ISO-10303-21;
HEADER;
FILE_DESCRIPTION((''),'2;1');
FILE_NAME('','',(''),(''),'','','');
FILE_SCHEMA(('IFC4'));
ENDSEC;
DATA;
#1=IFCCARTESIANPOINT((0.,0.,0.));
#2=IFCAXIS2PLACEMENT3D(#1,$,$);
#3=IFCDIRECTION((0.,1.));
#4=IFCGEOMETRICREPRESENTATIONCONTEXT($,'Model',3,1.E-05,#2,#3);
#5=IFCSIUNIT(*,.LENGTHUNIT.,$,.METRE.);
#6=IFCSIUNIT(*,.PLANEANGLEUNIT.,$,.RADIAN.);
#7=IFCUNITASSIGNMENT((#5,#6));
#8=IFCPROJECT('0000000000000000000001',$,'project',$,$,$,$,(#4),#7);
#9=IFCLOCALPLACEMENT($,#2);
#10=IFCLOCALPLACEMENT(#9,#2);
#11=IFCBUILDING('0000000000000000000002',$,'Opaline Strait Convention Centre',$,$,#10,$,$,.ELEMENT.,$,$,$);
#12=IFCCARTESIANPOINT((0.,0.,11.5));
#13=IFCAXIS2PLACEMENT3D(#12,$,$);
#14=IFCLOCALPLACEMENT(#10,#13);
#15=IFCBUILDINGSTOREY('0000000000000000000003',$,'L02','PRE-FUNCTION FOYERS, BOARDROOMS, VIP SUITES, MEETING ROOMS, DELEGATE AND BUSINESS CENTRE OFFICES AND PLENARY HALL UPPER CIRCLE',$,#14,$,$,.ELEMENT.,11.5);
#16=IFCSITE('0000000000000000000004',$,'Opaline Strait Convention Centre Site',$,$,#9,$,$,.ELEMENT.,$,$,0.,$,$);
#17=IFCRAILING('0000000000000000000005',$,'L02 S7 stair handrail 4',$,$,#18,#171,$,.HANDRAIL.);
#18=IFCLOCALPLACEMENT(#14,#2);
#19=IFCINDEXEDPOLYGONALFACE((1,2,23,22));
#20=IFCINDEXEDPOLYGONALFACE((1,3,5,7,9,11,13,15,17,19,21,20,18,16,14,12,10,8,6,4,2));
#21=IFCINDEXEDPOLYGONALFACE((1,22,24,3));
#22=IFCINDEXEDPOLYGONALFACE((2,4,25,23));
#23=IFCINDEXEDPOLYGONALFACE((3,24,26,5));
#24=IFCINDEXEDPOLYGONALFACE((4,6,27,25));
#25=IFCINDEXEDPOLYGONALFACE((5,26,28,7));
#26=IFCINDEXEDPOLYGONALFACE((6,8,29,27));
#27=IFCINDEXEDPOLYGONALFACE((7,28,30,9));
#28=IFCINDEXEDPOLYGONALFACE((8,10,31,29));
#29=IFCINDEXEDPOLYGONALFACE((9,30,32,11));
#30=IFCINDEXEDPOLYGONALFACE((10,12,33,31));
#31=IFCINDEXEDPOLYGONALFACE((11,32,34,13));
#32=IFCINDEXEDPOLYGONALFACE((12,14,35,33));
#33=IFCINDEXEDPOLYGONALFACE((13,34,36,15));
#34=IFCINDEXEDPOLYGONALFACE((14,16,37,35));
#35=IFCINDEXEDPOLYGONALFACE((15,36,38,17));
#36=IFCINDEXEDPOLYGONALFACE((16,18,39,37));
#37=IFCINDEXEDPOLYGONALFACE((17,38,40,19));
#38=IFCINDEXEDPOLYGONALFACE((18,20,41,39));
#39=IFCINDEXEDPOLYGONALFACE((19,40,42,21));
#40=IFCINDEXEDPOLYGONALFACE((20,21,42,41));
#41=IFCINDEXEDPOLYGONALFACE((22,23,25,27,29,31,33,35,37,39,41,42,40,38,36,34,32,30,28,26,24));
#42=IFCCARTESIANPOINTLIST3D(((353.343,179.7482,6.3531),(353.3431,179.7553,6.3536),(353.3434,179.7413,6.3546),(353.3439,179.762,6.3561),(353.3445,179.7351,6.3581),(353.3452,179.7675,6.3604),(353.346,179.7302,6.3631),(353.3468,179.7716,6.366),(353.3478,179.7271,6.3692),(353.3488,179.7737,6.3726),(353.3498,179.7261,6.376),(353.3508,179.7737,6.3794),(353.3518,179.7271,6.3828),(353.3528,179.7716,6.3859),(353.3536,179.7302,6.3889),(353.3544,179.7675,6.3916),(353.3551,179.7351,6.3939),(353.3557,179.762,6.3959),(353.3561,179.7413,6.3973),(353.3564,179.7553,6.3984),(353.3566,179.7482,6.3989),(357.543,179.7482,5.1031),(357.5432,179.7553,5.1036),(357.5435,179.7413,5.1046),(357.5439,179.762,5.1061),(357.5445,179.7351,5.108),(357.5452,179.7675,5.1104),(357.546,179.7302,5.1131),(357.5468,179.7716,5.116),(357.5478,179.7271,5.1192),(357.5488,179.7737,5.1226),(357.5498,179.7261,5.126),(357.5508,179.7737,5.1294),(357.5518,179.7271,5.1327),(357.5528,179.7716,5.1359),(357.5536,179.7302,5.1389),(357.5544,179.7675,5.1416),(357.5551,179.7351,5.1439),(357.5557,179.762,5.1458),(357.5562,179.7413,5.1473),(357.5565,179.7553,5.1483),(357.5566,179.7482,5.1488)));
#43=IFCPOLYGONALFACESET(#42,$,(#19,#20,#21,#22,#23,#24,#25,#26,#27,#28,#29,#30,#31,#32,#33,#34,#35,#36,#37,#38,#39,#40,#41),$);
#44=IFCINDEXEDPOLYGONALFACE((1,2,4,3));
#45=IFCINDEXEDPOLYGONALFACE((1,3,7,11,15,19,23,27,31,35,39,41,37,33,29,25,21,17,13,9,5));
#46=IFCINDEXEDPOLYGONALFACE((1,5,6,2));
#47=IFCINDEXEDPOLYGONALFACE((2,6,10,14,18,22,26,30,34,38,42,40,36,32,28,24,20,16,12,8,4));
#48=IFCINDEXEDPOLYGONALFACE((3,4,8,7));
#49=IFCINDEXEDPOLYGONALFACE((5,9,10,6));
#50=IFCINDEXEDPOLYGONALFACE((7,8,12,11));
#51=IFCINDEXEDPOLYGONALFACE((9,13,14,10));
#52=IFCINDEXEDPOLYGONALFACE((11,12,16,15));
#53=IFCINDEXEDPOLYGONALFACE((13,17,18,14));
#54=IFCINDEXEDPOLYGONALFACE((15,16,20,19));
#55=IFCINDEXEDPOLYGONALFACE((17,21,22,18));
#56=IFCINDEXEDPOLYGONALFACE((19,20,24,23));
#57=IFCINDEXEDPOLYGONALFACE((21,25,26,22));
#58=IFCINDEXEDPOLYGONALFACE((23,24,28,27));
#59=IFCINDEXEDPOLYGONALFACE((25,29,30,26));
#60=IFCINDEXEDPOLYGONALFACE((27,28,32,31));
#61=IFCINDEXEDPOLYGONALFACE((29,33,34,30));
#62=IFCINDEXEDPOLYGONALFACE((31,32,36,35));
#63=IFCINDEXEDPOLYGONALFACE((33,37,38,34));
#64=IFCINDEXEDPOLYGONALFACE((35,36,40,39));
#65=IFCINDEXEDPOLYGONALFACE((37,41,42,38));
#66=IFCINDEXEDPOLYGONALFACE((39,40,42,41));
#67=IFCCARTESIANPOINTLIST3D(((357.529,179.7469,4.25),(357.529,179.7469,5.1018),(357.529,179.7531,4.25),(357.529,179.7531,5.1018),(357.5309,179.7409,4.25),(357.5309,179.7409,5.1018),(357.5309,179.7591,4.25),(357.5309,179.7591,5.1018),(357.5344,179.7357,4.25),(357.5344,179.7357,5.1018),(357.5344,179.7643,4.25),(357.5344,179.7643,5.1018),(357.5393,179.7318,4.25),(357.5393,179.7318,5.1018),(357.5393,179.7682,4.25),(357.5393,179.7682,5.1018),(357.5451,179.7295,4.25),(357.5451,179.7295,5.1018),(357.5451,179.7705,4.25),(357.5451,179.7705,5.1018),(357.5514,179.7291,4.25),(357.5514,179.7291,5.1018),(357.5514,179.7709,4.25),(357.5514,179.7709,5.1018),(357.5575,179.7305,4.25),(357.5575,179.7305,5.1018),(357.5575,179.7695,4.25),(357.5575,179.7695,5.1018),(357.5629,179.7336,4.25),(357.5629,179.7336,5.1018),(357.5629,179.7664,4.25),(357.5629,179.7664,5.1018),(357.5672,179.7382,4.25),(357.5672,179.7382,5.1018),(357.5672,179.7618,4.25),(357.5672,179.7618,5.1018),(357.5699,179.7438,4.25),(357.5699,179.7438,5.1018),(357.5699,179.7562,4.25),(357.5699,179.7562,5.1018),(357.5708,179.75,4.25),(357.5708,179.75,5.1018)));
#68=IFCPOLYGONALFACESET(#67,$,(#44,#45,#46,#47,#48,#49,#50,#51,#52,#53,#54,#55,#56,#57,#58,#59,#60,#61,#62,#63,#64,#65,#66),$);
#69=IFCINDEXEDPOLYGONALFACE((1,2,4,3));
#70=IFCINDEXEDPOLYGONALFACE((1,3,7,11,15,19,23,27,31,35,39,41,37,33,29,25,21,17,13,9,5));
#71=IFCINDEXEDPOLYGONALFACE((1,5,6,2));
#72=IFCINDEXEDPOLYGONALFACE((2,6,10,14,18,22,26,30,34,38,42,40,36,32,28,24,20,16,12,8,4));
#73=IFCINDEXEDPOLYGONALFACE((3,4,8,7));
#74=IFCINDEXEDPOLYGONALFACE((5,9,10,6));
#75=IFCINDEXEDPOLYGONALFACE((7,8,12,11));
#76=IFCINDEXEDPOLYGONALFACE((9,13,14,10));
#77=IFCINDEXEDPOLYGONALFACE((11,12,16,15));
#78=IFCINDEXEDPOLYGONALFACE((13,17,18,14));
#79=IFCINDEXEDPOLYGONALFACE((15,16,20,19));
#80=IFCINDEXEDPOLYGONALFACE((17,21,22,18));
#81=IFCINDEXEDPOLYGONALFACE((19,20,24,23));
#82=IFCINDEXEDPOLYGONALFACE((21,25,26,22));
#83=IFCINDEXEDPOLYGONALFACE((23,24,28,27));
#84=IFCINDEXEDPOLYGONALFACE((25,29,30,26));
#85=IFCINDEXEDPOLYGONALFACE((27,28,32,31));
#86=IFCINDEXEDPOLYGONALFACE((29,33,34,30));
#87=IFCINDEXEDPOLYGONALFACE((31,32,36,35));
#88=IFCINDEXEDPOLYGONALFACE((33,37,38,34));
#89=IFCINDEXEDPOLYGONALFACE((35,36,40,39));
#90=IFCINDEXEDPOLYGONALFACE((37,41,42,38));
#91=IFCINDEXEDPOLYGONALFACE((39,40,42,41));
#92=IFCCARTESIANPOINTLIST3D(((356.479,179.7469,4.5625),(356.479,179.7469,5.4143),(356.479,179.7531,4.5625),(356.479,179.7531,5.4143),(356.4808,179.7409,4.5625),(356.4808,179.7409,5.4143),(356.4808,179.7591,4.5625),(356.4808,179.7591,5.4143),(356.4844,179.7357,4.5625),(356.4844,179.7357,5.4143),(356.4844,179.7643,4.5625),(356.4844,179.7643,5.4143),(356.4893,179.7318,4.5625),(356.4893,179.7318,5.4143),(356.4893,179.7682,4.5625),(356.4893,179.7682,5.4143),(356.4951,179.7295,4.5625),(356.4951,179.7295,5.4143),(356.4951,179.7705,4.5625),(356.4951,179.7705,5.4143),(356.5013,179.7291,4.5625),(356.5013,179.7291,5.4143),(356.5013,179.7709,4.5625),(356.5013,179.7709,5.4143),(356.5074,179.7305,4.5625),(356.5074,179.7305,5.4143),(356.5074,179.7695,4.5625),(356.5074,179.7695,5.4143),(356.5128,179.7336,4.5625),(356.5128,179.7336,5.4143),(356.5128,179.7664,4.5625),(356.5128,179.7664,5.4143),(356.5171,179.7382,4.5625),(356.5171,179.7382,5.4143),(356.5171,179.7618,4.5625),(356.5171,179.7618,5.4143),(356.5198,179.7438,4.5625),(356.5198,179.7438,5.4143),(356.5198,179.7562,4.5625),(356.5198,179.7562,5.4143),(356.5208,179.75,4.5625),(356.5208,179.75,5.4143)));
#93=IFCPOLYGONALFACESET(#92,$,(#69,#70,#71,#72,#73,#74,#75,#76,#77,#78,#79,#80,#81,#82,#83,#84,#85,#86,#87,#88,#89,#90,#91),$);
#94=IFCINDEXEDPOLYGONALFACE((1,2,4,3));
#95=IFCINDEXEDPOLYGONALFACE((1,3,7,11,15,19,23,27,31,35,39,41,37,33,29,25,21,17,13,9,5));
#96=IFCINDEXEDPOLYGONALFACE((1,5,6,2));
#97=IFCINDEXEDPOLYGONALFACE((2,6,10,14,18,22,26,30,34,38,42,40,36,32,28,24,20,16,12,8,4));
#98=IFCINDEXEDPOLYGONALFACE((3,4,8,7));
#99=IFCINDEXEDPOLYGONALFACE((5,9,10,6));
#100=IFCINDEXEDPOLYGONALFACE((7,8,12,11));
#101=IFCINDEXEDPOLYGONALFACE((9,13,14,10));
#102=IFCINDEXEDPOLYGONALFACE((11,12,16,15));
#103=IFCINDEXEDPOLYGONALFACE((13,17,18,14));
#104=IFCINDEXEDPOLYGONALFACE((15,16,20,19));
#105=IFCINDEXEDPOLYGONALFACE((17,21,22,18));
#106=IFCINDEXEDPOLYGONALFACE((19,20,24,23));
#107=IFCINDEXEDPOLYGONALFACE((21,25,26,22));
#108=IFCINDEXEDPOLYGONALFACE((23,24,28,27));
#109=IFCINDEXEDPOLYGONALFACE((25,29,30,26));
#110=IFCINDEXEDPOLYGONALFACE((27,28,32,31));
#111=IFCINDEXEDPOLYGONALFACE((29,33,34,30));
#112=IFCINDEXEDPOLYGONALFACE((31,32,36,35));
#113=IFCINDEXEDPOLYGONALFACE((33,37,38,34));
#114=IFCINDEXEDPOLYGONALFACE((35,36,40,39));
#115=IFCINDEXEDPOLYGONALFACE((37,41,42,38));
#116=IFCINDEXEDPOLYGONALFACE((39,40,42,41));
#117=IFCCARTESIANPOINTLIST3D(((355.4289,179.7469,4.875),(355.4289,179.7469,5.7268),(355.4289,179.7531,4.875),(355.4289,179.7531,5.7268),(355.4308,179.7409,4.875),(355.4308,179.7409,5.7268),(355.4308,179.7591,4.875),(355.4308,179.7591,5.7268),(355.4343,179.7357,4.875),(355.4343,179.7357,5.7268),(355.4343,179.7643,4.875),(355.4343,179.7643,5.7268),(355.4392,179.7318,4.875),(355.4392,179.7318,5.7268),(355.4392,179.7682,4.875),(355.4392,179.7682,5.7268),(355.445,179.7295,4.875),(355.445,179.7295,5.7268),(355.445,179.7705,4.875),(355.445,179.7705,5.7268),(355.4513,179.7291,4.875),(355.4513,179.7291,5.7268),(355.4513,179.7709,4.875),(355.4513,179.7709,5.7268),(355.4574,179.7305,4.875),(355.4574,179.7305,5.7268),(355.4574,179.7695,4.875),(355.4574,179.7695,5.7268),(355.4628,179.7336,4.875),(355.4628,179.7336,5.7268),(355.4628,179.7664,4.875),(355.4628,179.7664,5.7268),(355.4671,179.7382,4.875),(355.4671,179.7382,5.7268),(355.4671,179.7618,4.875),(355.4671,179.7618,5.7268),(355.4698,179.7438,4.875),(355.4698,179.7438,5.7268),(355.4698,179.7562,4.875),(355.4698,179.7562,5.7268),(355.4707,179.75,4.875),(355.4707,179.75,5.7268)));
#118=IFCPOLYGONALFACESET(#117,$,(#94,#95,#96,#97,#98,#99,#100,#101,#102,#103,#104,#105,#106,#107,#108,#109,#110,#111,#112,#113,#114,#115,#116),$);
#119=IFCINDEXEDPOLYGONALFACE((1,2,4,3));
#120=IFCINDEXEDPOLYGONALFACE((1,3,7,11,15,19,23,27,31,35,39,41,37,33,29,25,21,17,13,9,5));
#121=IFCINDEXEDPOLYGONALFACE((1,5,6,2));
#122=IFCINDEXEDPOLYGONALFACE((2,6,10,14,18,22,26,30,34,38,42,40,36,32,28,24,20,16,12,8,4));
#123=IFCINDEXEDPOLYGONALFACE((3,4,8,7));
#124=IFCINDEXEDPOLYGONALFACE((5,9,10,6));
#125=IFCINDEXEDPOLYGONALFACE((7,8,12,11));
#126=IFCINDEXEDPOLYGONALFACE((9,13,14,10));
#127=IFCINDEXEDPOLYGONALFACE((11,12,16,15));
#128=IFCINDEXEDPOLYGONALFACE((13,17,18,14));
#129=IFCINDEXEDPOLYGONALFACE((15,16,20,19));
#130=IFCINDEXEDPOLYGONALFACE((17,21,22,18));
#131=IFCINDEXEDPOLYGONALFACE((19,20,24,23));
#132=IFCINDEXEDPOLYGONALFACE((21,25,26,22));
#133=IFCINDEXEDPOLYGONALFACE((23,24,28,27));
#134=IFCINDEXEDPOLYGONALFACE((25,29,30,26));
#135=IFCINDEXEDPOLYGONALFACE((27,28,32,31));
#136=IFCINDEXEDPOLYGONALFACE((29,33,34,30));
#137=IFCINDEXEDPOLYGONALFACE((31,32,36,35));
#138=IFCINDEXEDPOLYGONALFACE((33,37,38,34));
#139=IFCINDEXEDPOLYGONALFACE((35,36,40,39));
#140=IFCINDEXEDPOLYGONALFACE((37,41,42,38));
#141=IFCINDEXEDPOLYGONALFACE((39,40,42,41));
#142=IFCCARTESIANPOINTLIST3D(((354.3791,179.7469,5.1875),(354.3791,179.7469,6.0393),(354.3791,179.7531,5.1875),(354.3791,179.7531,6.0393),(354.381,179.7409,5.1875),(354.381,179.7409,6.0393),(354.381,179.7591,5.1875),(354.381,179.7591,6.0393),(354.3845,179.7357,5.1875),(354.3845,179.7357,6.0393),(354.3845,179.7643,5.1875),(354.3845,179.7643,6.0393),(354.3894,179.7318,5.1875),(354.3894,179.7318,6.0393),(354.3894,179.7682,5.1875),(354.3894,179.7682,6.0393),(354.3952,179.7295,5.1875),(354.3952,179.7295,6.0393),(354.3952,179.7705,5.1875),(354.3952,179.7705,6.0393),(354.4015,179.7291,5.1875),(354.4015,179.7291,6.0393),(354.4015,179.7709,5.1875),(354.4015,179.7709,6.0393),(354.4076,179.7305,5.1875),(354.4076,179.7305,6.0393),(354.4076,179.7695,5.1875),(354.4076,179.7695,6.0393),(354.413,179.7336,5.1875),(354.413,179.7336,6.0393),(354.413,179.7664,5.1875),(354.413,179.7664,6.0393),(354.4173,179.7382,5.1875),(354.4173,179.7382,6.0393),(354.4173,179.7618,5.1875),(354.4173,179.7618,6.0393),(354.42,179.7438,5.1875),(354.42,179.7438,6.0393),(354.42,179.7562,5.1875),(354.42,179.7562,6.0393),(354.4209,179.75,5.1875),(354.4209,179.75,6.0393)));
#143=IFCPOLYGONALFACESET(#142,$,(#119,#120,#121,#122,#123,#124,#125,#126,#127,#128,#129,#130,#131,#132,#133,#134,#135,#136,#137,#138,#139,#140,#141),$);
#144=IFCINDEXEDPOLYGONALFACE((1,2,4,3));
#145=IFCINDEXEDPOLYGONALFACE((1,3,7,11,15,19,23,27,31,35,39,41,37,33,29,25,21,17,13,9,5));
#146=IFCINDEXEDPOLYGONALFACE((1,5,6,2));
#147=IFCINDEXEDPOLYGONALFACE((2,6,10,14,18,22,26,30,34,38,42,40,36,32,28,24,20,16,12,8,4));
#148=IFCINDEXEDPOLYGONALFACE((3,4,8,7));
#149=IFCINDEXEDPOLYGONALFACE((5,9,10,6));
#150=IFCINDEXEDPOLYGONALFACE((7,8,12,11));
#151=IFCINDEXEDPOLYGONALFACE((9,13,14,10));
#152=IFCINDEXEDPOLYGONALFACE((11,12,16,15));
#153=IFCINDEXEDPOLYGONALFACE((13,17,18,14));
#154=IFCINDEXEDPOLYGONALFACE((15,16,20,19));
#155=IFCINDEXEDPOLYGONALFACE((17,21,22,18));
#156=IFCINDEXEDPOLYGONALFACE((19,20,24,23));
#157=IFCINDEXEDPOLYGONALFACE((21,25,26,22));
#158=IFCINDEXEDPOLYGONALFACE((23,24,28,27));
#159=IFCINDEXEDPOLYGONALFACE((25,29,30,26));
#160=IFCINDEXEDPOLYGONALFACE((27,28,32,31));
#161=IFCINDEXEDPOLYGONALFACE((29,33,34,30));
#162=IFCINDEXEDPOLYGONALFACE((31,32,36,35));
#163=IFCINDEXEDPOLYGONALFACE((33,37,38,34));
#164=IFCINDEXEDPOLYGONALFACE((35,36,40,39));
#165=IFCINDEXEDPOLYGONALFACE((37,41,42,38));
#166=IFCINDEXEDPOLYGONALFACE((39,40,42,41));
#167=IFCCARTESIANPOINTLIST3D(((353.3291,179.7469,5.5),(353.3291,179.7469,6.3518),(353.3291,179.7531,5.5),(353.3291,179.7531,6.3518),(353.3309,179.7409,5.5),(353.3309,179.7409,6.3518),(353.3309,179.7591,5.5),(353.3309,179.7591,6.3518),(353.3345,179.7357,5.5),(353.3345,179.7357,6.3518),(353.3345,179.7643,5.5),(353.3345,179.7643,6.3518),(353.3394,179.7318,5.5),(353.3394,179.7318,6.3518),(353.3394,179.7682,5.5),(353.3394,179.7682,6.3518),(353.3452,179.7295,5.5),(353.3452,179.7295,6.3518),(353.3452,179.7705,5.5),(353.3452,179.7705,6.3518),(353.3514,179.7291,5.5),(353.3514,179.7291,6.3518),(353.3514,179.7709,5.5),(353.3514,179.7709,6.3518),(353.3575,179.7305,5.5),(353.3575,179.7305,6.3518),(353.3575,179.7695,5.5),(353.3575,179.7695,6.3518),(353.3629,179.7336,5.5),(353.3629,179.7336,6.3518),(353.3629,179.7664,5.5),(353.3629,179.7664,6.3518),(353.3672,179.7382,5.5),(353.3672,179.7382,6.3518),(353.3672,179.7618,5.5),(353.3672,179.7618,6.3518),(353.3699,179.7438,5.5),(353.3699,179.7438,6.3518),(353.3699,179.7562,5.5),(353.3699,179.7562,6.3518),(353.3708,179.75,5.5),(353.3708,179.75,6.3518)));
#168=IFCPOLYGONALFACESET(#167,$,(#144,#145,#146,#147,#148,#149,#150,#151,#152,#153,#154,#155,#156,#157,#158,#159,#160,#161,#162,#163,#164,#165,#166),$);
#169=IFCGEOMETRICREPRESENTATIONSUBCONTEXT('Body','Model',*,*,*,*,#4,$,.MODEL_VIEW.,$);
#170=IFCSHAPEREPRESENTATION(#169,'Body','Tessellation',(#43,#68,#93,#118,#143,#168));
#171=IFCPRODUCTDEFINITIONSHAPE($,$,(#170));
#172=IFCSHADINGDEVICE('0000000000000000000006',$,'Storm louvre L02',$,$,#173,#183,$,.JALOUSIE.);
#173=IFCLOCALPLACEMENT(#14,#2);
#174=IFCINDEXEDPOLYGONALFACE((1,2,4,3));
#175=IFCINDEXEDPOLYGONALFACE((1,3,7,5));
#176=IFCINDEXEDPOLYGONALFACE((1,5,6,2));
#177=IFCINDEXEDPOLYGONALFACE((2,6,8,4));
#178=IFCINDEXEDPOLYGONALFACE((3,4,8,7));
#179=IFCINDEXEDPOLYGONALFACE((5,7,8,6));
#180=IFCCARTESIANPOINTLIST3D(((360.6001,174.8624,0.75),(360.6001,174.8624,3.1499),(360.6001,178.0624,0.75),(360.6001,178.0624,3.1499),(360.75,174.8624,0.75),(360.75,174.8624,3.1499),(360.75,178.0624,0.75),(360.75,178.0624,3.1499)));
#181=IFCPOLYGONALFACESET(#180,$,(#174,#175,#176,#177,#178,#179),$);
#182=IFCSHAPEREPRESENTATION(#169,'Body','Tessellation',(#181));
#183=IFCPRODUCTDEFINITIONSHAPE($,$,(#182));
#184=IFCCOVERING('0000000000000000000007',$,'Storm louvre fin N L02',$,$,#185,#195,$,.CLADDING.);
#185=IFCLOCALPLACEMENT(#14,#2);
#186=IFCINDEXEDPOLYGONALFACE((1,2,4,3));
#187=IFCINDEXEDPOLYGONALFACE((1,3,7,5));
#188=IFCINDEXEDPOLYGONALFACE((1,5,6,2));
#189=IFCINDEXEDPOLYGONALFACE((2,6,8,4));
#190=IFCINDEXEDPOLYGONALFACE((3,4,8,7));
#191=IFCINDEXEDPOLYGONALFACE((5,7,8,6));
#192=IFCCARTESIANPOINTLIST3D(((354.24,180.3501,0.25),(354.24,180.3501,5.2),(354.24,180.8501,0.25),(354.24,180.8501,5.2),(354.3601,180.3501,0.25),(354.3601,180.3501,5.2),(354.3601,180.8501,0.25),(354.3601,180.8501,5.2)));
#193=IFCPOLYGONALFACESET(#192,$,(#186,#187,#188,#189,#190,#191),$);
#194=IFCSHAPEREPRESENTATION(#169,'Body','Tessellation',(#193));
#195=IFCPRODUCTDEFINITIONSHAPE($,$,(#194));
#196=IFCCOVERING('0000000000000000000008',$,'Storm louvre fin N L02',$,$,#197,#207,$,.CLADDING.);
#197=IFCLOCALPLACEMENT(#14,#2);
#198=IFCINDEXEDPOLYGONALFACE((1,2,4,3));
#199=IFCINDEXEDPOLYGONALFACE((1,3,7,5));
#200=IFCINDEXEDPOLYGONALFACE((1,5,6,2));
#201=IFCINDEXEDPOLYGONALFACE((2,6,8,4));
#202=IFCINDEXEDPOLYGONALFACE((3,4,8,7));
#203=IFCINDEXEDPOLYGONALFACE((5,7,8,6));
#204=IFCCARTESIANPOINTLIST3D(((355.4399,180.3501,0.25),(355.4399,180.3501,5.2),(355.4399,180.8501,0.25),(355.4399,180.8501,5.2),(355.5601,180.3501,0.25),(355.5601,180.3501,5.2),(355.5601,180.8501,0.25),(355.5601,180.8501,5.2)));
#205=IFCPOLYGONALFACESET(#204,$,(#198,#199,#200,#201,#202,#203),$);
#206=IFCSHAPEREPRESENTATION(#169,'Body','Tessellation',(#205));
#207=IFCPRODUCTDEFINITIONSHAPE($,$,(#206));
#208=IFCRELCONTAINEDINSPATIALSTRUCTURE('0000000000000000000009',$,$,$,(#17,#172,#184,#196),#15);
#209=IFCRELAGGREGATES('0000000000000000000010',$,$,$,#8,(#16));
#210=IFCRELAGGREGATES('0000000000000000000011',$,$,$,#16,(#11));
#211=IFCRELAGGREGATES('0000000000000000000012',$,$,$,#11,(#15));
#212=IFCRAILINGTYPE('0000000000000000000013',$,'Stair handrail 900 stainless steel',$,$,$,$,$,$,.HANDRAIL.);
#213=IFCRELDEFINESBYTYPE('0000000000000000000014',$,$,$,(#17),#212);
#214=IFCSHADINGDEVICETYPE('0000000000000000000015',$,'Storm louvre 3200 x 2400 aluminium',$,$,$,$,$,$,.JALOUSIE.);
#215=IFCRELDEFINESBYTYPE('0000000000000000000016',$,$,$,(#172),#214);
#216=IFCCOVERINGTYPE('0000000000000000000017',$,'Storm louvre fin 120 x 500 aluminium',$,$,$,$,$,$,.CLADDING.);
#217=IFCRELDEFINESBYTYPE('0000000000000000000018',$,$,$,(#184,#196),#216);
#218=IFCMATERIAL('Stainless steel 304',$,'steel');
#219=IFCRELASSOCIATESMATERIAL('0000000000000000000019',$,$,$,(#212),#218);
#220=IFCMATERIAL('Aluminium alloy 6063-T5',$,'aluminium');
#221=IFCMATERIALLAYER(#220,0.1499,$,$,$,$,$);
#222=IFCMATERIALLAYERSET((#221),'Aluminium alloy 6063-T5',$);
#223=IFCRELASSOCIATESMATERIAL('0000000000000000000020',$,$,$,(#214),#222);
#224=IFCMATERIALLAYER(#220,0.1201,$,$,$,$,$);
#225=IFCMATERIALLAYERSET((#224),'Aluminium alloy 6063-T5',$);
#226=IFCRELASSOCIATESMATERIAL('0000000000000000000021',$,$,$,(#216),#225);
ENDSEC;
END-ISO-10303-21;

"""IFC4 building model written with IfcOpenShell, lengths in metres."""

from ifc_helpers import new_model, si_unit, direction, frame, origin, origin_2d, place, context, subcontext, project, spatial, rectangle, circle, extrude, material, layer, layer_set, type_object, element, save


model = new_model("IFC4")

# Units and contexts
model_context = context("Model", 3, precision=1e-05, world=origin(), true_north=direction((0.0, 1.0)))
body_context = subcontext(model_context, "Body", "Model", "MODEL_VIEW")
ifc_project = project(units=[si_unit("LENGTHUNIT", "METRE"), si_unit("PLANEANGLEUNIT", "RADIAN")], contexts=[model_context])

# Site, building, storey
site_placement = place(None, origin())
site = spatial("IfcSite", under=ifc_project, at=site_placement, Name="Opaline Strait Convention Centre Site", CompositionType="ELEMENT", RefElevation=0.0)
building_placement = place(site_placement, origin())
building = spatial("IfcBuilding", under=site, at=building_placement, Name="Opaline Strait Convention Centre", CompositionType="ELEMENT")
storey_placement = place(building_placement, frame((0.0, 0.0, 11.5)))
storey = spatial("IfcBuildingStorey", under=building, at=storey_placement, Name="L02", Description="PRE-FUNCTION FOYERS, BOARDROOMS, VIP SUITES, MEETING ROOMS, DELEGATE AND BUSINESS CENTRE OFFICES AND PLENARY HALL UPPER CIRCLE", CompositionType="ELEMENT", Elevation=11.5)

# Railing
ifc_material_1 = material(Name="Stainless steel 304", Category="steel")
railing_type_1 = type_object("IfcRailingType", Name="Stair handrail 900 stainless steel", PredefinedType="HANDRAIL", material=ifc_material_1)
for number, where, name in (
    (1, (357.5498, 179.75, 4.25), "L02 S7 stair handrail 4"),
):
    element("IfcRailing", number, at=place(storey_placement, frame(where)), inside=storey, type_object=railing_type_1, Name=name, PredefinedType="HANDRAIL", context=body_context, shape_type="SweptSolid", body=[
        extrude(circle(Radius=0.0239, at=origin_2d()), frame((0.0, 0.0, 0.876), z_axis=(-0.958451, 0.0, 0.285257), x_axis=(0.0, -1.0, 0.0)), (0.0, 0.0, 1.0), 4.3821),
        extrude(circle(Radius=0.021, at=origin_2d()), origin(), (0.0, 0.0, 1.0), 0.8518),
        extrude(circle(Radius=0.021, at=origin_2d()), frame((-1.05, 0.0, 0.3125)), (0.0, 0.0, 1.0), 0.8518),
        extrude(circle(Radius=0.021, at=origin_2d()), frame((-2.1001, 0.0, 0.625)), (0.0, 0.0, 1.0), 0.8518),
        extrude(circle(Radius=0.021, at=origin_2d()), frame((-3.1499, 0.0, 0.9375)), (0.0, 0.0, 1.0), 0.8518),
        extrude(circle(Radius=0.021, at=origin_2d()), frame((-4.2, 0.0, 1.25)), (0.0, 0.0, 1.0), 0.8518),
    ])

# Shading device
ifc_material_2 = material(Name="Aluminium alloy 6063-T5", Category="aluminium")
ifc_layer_1 = layer(ifc_material_2, 0.1499)
ifc_layer_set_1 = layer_set([ifc_layer_1], Name="Aluminium alloy 6063-T5")
shading_device_type = type_object("IfcShadingDeviceType", Name="Storm louvre 3200 x 2400 aluminium", PredefinedType="JALOUSIE", material=ifc_layer_set_1)
shading_device_placement = place(storey_placement, frame((360.675, 176.4624, 0.75), z_axis=(0.0, 0.0, 1.0), x_axis=(1.0, 0.0, 0.0)))
element("IfcShadingDevice", 2, at=shading_device_placement, inside=storey, type_object=shading_device_type, Name="Storm louvre L02", PredefinedType="JALOUSIE", context=body_context, shape_type="SweptSolid", body=[
    extrude(rectangle(XDim=0.1499, YDim=3.2, at=origin_2d()), origin(), (0.0, 0.0, 1.0), 2.3999),
])

# Coverings
ifc_layer_2 = layer(ifc_material_2, 0.1201)
ifc_layer_set_2 = layer_set([ifc_layer_2], Name="Aluminium alloy 6063-T5")
covering_type = type_object("IfcCoveringType", Name="Storm louvre fin 120 x 500 aluminium", PredefinedType="CLADDING", material=ifc_layer_set_2)
for number, where, z_axis, x_axis, name in (
    (3, (354.3, 180.6001, 0.25), (0.0, 0.0, 1.0), (1.0, 0.0, 0.0), "Storm louvre fin N L02"),
    (4, (355.5, 180.6001, 0.25), (0.0, 0.0, 1.0), (1.0, 0.0, 0.0), "Storm louvre fin N L02"),
):
    element("IfcCovering", number, at=place(storey_placement, frame(where, z_axis=z_axis, x_axis=x_axis)), inside=storey, type_object=covering_type, Name=name, PredefinedType="CLADDING", context=body_context, shape_type="SweptSolid", body=[
        extrude(rectangle(XDim=0.1201, YDim=0.5, at=origin_2d()), origin(), (0.0, 0.0, 1.0), 4.95),
    ])

save(model, "model.ifc")
